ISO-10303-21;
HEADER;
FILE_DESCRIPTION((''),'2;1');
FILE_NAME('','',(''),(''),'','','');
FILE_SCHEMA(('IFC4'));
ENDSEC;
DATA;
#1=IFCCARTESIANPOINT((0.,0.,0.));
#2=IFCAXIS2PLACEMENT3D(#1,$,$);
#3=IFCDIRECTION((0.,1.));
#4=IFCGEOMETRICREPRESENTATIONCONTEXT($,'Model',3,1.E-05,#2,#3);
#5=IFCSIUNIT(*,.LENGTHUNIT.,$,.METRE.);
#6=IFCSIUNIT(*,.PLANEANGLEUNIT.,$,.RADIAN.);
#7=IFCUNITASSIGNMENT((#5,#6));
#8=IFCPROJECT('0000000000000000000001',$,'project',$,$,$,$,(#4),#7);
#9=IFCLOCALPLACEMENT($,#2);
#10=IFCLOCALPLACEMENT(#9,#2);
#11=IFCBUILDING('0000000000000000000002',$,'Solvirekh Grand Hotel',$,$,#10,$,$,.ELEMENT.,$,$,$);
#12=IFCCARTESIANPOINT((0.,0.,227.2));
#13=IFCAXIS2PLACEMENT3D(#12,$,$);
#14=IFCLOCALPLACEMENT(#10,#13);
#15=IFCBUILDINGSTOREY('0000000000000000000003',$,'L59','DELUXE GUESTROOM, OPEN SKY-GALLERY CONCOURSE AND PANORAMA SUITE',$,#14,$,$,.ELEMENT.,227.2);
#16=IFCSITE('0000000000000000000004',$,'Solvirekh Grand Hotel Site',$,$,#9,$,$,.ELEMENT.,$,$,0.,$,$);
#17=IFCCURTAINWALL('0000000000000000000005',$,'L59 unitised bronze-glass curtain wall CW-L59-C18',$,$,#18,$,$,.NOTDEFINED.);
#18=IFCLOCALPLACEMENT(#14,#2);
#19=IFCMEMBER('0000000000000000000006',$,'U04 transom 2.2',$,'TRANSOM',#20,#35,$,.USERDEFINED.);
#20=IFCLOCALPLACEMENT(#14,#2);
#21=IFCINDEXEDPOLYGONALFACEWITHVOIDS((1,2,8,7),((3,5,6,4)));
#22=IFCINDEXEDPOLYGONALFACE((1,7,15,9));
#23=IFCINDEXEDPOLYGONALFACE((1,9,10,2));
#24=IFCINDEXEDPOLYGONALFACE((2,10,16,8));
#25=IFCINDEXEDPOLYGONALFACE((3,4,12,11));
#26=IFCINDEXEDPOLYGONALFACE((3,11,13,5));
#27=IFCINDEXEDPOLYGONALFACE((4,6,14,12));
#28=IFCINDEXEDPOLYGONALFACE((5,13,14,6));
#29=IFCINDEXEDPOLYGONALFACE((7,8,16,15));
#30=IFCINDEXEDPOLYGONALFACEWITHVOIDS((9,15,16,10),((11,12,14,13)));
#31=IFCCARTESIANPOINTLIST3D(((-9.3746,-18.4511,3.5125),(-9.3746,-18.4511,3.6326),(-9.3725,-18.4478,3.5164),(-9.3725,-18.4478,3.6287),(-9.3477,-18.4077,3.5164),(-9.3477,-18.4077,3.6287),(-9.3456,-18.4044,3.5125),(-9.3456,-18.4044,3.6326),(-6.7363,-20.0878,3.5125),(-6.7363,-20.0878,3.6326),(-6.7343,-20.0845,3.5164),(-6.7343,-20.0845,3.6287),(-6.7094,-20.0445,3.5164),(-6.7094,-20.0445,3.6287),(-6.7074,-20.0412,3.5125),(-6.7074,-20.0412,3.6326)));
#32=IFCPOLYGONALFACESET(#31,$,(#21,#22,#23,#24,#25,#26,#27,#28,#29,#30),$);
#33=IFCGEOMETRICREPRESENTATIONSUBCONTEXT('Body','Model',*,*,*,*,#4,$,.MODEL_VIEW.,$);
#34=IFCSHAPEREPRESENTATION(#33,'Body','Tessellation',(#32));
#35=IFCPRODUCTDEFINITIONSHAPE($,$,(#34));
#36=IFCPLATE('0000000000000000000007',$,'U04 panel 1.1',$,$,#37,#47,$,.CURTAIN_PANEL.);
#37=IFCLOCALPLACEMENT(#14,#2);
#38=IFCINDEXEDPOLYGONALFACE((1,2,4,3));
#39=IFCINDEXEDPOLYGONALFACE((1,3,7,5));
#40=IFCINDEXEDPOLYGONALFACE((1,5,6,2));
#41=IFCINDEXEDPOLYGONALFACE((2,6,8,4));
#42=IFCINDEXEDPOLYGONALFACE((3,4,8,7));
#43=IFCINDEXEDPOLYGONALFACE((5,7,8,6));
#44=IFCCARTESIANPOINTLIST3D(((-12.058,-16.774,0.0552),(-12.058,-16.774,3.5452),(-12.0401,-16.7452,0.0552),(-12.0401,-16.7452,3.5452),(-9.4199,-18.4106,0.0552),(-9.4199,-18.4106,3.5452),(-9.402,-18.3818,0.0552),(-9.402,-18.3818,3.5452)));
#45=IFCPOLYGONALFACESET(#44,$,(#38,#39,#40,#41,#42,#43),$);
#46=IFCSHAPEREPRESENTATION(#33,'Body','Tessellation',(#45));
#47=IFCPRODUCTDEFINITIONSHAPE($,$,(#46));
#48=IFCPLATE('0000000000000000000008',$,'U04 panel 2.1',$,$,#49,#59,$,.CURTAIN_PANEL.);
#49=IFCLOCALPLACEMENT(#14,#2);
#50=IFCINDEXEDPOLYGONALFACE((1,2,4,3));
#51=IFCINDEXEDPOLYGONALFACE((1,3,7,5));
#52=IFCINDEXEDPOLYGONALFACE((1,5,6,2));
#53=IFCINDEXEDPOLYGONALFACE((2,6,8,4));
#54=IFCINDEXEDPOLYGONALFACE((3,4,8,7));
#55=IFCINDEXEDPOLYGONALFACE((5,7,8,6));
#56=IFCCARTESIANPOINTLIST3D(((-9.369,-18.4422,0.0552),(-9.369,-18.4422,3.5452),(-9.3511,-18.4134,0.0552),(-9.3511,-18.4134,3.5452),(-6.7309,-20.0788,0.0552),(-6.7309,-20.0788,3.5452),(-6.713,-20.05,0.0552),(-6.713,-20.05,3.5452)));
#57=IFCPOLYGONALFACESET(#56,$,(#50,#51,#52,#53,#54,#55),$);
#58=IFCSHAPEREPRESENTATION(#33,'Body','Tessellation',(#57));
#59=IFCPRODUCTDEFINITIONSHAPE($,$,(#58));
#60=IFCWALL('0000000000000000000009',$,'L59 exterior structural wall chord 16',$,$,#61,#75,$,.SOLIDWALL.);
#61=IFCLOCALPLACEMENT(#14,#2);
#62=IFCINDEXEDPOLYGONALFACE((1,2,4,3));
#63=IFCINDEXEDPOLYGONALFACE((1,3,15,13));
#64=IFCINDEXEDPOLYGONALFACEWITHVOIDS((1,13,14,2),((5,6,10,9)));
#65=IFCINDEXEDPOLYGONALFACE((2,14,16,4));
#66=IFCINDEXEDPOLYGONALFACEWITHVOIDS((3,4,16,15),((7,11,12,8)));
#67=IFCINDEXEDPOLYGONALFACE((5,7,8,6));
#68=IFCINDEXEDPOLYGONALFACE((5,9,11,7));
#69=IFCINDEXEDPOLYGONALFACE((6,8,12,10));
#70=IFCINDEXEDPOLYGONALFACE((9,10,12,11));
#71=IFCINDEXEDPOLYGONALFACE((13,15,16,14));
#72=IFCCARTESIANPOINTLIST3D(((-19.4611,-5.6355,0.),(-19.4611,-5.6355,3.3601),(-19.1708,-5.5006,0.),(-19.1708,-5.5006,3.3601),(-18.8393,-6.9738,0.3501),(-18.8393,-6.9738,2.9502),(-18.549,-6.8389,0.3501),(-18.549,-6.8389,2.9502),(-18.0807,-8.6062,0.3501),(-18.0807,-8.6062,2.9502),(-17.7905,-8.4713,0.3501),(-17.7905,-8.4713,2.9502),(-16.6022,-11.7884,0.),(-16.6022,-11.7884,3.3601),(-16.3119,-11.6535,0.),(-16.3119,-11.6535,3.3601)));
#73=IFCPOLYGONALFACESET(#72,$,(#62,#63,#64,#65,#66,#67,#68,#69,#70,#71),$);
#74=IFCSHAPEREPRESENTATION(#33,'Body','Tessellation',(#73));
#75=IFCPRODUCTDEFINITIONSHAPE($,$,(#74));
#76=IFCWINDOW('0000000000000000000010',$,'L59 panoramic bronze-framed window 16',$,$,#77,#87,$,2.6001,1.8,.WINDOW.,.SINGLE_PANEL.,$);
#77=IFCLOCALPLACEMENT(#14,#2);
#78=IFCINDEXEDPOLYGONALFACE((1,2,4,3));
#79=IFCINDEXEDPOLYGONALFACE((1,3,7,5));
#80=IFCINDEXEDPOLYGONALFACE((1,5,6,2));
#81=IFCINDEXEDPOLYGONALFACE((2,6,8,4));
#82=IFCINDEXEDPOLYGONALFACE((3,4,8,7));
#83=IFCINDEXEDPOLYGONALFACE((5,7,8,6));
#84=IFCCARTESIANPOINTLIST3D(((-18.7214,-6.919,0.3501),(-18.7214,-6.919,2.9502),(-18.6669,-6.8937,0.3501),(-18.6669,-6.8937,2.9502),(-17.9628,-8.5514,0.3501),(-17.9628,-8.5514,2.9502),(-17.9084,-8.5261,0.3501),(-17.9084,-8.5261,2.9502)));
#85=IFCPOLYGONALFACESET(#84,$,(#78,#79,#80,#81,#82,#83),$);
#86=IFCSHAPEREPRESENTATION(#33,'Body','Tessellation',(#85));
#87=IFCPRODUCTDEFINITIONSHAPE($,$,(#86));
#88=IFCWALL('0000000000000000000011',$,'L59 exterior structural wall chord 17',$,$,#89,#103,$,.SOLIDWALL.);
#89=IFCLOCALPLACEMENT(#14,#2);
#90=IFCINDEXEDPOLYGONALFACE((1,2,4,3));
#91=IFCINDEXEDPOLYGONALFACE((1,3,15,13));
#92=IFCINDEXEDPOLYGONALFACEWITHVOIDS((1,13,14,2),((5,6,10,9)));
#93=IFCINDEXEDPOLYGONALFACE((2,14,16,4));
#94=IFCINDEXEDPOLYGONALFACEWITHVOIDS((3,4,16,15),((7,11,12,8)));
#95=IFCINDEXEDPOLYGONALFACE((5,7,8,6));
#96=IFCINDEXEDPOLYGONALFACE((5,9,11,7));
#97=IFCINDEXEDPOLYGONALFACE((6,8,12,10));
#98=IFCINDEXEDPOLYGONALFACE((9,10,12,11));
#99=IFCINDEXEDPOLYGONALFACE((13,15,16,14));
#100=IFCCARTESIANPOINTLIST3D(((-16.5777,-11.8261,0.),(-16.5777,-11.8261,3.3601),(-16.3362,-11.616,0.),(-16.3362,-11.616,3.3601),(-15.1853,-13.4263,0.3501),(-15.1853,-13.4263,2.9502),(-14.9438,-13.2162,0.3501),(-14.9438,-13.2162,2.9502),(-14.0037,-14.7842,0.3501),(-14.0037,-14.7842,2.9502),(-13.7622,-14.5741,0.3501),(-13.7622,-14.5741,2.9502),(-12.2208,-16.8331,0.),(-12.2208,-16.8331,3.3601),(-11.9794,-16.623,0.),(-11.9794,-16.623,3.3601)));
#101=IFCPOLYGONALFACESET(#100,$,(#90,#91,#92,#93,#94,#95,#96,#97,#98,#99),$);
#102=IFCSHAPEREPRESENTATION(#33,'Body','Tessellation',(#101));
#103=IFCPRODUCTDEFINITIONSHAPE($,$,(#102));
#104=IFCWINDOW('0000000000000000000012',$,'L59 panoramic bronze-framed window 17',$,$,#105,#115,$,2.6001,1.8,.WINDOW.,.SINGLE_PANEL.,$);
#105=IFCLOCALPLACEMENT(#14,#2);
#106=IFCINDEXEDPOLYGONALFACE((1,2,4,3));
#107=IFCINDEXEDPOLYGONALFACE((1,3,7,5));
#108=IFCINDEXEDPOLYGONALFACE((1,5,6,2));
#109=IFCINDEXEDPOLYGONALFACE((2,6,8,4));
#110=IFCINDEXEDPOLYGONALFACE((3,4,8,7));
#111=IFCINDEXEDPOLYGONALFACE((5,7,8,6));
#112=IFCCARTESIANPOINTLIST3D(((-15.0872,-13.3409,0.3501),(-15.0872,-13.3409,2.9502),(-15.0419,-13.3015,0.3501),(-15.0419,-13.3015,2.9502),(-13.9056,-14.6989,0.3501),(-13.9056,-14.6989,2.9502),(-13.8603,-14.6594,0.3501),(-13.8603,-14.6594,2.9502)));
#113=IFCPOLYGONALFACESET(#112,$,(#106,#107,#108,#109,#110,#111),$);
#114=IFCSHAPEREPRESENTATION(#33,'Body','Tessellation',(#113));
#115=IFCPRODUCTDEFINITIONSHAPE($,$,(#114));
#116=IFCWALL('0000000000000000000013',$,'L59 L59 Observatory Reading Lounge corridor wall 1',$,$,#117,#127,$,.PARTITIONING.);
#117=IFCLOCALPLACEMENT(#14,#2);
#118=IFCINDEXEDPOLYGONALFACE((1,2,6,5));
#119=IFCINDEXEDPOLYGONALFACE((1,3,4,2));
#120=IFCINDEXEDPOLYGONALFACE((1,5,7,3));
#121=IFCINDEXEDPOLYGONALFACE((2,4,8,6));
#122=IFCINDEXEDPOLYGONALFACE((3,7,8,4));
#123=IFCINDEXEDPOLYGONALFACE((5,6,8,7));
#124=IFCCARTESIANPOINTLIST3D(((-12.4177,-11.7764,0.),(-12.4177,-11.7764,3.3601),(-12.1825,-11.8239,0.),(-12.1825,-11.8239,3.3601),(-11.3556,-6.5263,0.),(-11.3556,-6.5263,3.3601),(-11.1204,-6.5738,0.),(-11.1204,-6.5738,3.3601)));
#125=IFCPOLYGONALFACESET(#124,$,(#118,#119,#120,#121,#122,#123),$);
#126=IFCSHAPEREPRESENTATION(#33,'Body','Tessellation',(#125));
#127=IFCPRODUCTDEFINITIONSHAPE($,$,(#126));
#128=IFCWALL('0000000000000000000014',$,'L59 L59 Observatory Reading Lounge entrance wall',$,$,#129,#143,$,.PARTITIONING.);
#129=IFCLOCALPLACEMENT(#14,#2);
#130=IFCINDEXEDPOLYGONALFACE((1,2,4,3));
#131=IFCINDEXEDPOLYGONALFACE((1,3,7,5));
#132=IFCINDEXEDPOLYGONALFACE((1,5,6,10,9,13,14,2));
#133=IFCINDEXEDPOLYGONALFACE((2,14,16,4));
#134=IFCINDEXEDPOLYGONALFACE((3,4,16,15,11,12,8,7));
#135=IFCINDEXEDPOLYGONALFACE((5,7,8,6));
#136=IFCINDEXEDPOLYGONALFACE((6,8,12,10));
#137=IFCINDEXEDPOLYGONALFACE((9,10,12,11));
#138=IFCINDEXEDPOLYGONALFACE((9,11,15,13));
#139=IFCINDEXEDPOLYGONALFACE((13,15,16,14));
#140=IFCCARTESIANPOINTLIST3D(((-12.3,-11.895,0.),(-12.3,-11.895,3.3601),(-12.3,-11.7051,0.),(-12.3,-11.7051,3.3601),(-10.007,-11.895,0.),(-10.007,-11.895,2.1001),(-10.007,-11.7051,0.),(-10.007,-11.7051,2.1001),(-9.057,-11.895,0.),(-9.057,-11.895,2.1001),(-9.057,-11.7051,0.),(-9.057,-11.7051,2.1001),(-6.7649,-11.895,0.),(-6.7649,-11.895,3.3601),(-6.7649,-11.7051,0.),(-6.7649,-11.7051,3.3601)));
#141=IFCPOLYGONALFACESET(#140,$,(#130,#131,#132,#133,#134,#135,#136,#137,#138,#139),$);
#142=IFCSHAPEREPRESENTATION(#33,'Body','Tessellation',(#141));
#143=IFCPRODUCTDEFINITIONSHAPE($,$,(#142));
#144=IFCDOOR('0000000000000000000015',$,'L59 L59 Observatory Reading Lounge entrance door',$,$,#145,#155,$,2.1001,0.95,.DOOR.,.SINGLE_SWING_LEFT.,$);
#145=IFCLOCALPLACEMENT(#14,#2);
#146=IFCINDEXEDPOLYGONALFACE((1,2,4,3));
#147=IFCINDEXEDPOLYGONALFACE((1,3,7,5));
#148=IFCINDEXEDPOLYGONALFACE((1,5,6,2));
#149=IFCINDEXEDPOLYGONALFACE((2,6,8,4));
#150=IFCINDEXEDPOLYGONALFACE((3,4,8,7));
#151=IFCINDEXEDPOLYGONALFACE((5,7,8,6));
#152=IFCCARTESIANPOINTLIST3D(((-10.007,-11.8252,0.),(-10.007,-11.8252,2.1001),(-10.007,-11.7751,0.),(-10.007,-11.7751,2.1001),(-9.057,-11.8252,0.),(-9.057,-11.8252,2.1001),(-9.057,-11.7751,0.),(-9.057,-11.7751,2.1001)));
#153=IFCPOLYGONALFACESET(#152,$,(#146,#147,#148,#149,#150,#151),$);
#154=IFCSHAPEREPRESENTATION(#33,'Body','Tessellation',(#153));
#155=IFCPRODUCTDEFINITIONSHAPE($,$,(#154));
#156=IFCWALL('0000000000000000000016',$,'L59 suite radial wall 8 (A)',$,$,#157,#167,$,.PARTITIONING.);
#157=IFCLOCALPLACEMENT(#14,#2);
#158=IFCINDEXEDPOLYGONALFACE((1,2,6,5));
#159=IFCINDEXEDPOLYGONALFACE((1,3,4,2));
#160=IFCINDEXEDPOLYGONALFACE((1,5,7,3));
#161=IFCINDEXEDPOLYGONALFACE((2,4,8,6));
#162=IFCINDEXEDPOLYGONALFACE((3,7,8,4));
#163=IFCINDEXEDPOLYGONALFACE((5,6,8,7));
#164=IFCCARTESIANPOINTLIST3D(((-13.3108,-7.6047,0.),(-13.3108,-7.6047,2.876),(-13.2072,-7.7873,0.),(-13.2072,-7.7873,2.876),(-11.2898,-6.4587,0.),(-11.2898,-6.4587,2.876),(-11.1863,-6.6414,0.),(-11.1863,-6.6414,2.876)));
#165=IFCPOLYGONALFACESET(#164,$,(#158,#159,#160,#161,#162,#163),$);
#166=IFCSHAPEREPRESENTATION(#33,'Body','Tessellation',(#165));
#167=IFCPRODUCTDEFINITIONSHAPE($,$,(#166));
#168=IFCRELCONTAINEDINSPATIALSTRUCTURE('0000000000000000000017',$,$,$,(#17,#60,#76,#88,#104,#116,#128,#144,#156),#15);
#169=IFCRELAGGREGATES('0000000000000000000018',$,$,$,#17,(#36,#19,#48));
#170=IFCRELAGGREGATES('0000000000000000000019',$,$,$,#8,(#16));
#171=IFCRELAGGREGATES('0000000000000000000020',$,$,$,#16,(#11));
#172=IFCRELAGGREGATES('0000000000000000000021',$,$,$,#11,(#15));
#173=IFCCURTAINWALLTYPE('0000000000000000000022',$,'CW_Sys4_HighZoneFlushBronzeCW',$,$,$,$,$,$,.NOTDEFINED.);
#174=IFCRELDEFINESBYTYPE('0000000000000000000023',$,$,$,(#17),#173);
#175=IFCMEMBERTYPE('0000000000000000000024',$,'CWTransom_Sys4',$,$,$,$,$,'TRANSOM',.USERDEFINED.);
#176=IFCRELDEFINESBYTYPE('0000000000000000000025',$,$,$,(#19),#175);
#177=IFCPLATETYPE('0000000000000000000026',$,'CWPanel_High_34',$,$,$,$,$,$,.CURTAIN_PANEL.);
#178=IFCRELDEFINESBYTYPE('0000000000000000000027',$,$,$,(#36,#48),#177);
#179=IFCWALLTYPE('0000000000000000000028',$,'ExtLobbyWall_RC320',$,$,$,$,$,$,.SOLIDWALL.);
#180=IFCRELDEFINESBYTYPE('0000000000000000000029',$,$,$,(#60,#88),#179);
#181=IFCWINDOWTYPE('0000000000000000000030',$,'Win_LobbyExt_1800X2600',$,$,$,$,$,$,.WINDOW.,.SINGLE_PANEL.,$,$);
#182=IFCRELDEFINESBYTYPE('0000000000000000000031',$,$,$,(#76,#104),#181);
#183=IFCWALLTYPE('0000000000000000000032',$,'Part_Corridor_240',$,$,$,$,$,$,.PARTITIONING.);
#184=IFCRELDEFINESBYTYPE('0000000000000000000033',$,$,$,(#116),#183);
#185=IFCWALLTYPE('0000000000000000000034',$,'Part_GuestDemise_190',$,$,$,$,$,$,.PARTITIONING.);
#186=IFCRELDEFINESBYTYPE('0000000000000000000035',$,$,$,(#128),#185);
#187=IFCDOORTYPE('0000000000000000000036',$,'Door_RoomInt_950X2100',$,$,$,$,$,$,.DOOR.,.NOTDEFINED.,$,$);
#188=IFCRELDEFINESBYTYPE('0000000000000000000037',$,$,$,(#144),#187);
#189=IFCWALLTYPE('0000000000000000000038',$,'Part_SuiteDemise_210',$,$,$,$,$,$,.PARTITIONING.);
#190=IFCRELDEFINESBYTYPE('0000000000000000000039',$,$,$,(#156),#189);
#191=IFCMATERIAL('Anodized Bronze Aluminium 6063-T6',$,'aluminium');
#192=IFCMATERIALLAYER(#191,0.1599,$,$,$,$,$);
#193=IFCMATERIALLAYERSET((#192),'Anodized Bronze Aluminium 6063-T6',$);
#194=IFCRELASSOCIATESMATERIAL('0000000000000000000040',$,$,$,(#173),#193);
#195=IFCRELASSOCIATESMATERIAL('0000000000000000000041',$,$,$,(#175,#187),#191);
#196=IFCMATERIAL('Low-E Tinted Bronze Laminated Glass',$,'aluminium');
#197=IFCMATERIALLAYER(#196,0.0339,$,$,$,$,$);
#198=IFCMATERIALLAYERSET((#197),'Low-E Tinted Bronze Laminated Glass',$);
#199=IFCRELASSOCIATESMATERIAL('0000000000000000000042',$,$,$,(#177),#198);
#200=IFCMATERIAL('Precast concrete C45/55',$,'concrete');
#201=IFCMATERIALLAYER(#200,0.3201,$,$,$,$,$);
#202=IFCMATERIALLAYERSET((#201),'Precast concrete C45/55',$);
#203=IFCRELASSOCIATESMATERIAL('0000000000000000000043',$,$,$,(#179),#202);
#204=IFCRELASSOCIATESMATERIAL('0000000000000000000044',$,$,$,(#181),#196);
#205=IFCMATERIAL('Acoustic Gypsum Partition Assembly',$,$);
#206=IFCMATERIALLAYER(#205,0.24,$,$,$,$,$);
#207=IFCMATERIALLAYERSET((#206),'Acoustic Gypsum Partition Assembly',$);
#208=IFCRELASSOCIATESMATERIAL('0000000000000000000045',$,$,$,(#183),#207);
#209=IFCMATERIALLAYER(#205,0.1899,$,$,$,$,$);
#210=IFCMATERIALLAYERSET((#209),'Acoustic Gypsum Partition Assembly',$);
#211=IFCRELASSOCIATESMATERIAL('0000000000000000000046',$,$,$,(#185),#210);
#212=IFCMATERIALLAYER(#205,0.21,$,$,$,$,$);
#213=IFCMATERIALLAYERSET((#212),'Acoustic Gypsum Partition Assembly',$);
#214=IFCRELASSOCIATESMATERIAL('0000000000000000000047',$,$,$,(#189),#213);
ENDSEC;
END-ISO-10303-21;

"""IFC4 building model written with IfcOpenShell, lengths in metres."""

from ifc_helpers import new_model, si_unit, direction, frame, frame_2d, origin, origin_2d, place, context, subcontext, project, spatial, rectangle, hollow_rectangle, extrude, source, transform, mapped, material, layer, layer_set, material_profile, profile_set, type_object, element, fill, aggregate, save


model = new_model("IFC4")

# Units and contexts
model_context = context("Model", 3, precision=1e-05, world=origin(), true_north=direction((0.0, 1.0)))
body_context = subcontext(model_context, "Body", "Model", "MODEL_VIEW")
ifc_project = project(units=[si_unit("LENGTHUNIT", "METRE"), si_unit("PLANEANGLEUNIT", "RADIAN")], contexts=[model_context])

# Site, building, storey
site_placement = place(None, origin())
site = spatial("IfcSite", under=ifc_project, at=site_placement, Name="Solvirekh Grand Hotel Site", CompositionType="ELEMENT", RefElevation=0.0)
building_placement = place(site_placement, origin())
building = spatial("IfcBuilding", under=site, at=building_placement, Name="Solvirekh Grand Hotel", CompositionType="ELEMENT")
storey_placement = place(building_placement, frame((0.0, 0.0, 227.2)))
storey = spatial("IfcBuildingStorey", under=building, at=storey_placement, Name="L59", Description="DELUXE GUESTROOM, OPEN SKY-GALLERY CONCOURSE AND PANORAMA SUITE", CompositionType="ELEMENT", Elevation=227.2)

# Curtain wall, member, plates
ifc_material_1 = material(Name="Anodized Bronze Aluminium 6063-T6", Category="aluminium")
ifc_layer_1 = layer(ifc_material_1, 0.1599)
ifc_layer_set_1 = layer_set([ifc_layer_1], Name="Anodized Bronze Aluminium 6063-T6")
curtain_wall_type = type_object("IfcCurtainWallType", Name="CW_Sys4_HighZoneFlushBronzeCW", PredefinedType="NOTDEFINED", material=ifc_layer_set_1)
curtain_wall_placement = place(storey_placement, origin())
curtain_wall = element("IfcCurtainWall", 1, at=curtain_wall_placement, inside=storey, type_object=curtain_wall_type, Name="L59 unitised bronze-glass curtain wall CW-L59-C18", PredefinedType="NOTDEFINED")
ifc_material_profile_1 = material_profile(ifc_material_1, hollow_rectangle(XDim=0.0549, YDim=0.1201, WallThickness=0.0039, at=origin_2d()), Name="ALU RHS 120X55X4")
ifc_profile_set_1 = profile_set([ifc_material_profile_1], Name="Anodized Bronze Aluminium 6063-T6")
member_type_1 = type_object("IfcMemberType", Name="CWTransom_Sys4", ElementType="TRANSOM", PredefinedType="USERDEFINED", material=ifc_profile_set_1)
shared_shape_1 = source(origin(), body_context, "Body", "SweptSolid", [
    extrude(hollow_rectangle(XDim=0.0549, YDim=0.1201, WallThickness=0.0039, at=origin_2d()), origin(), (0.0, 0.0, 1.0), 3.1047),
])
member_1_placement = place(storey_placement, frame((-9.3601, -18.4277, 3.5725), z_axis=(0.849752, -0.527183, 0.0), x_axis=(0.527183, 0.849752, 0.0)))
member_1 = element("IfcMember", 2, at=member_1_placement, type_object=member_type_1, Name="U04 transom 2.2", ObjectType="TRANSOM", PredefinedType="USERDEFINED", context=body_context, shape_type="MappedRepresentation", body=[
    mapped(shared_shape_1, transform((0.0, 0.0, 0.0), x_axis=(1.0, 0.0, 0.0), y_axis=(0.0, 1.0, 0.0), z_axis=(0.0, 0.0, 1.0), scale=1.0)),
])
ifc_material_2 = material(Name="Low-E Tinted Bronze Laminated Glass", Category="aluminium")
ifc_layer_2 = layer(ifc_material_2, 0.0339)
ifc_layer_set_2 = layer_set([ifc_layer_2], Name="Low-E Tinted Bronze Laminated Glass")
plate_type = type_object("IfcPlateType", Name="CWPanel_High_34", PredefinedType="CURTAIN_PANEL", material=ifc_layer_set_2)
shared_shape_2 = source(origin(), body_context, "Body", "SweptSolid", [
    extrude(rectangle(XDim=3.1045, YDim=0.0339, at=origin_2d()), origin(), (0.0, 0.0, 1.0), 3.49),
])
plate_1_placement = place(storey_placement, frame((-10.73, -17.5779, 0.0552), z_axis=(0.0, 0.0, 1.0), x_axis=(0.849761, -0.527168, 0.0)))
plate_1 = element("IfcPlate", 3, at=plate_1_placement, type_object=plate_type, Name="U04 panel 1.1", PredefinedType="CURTAIN_PANEL", context=body_context, shape_type="MappedRepresentation", body=[
    mapped(shared_shape_2, transform((0.0, 0.0, 0.0), x_axis=(1.0, 0.0, 0.0), y_axis=(0.0, 1.0, 0.0), z_axis=(0.0, 0.0, 1.0), scale=1.0)),
])
plate_2_placement = place(storey_placement, frame((-8.041, -19.2461, 0.0552), z_axis=(0.0, 0.0, 1.0), x_axis=(0.849761, -0.527168, 0.0)))
plate_2 = element("IfcPlate", 4, at=plate_2_placement, type_object=plate_type, Name="U04 panel 2.1", PredefinedType="CURTAIN_PANEL", context=body_context, shape_type="MappedRepresentation", body=[
    mapped(shared_shape_2, transform((0.0, 0.0, 0.0), x_axis=(1.0, 0.0, 0.0), y_axis=(0.0, 1.0, 0.0), z_axis=(0.0, 0.0, 1.0), scale=1.0)),
])
aggregate(curtain_wall, [plate_1, member_1, plate_2])

# Walls, openings, windows
ifc_material_3 = material(Name="Precast concrete C45/55", Category="concrete")
ifc_layer_3 = layer(ifc_material_3, 0.3201)
ifc_layer_set_3 = layer_set([ifc_layer_3], Name="Precast concrete C45/55")
wall_type_1 = type_object("IfcWallType", Name="ExtLobbyWall_RC320", PredefinedType="SOLIDWALL", material=ifc_layer_set_3)
wall_1_placement = place(storey_placement, frame((-16.457, -11.7209, 0.0), z_axis=(0.0, 0.0, 1.0), x_axis=(-0.42138, 0.906884, 0.0)))
wall_1 = element("IfcWall", 5, at=wall_1_placement, inside=storey, type_object=wall_type_1, Name="L59 exterior structural wall chord 16", PredefinedType="SOLIDWALL", context=body_context, shape_type="SweptSolid", body=[
    extrude(rectangle(XDim=6.7847, YDim=0.3201, at=frame_2d((3.3923, 0.0))), origin(), (0.0, 0.0, 1.0), 3.3601),
])
opening_1_placement = place(wall_1_placement, frame((3.509, 0.0, 0.3501)))
opening_1 = element("IfcOpeningElement", 6, at=opening_1_placement, cuts=wall_1, PredefinedType="OPENING", context=body_context, shape_type="SweptSolid", body=[
    extrude(rectangle(XDim=1.8, YDim=2.6001, at=frame_2d((0.8999, 1.3))), frame((0.0, 0.1699, 0.0), z_axis=(0.0, -1.0, 0.0), x_axis=(1.0, 0.0, 0.0)), (0.0, 0.0, 1.0), 0.3401),
])
window_type = type_object("IfcWindowType", Name="Win_LobbyExt_1800X2600", PartitioningType="SINGLE_PANEL", PredefinedType="WINDOW", material=ifc_material_2)
window_1_placement = place(opening_1_placement, origin())
window_1 = element("IfcWindow", 7, at=window_1_placement, inside=storey, type_object=window_type, Name="L59 panoramic bronze-framed window 16", OverallHeight=2.6001, OverallWidth=1.8, PartitioningType="SINGLE_PANEL", PredefinedType="WINDOW", context=body_context, shape_type="SweptSolid", body=[
    extrude(rectangle(XDim=1.8, YDim=2.6001, at=frame_2d((0.8999, 1.3))), frame((0.0, 0.03, 0.0), z_axis=(0.0, -1.0, 0.0), x_axis=(1.0, 0.0, 0.0)), (0.0, 0.0, 1.0), 0.0601),
])
fill(opening_1, window_1)
wall_2_placement = place(storey_placement, frame((-12.1001, -16.728, 0.0), z_axis=(0.0, 0.0, 1.0), x_axis=(-0.656432, 0.754385, 0.0)))
wall_2 = element("IfcWall", 8, at=wall_2_placement, inside=storey, type_object=wall_type_1, Name="L59 exterior structural wall chord 17", PredefinedType="SOLIDWALL", context=body_context, shape_type="SweptSolid", body=[
    extrude(rectangle(XDim=6.6372, YDim=0.3201, at=frame_2d((3.3186, 0.0))), origin(), (0.0, 0.0, 1.0), 3.3601),
])
opening_2_placement = place(wall_2_placement, frame((2.7161, 0.0, 0.3501)))
opening_2 = element("IfcOpeningElement", 9, at=opening_2_placement, cuts=wall_2, PredefinedType="OPENING", context=body_context, shape_type="SweptSolid", body=[
    extrude(rectangle(XDim=1.8, YDim=2.6001, at=frame_2d((0.8999, 1.3))), frame((0.0, 0.1699, 0.0), z_axis=(0.0, -1.0, 0.0), x_axis=(1.0, 0.0, 0.0)), (0.0, 0.0, 1.0), 0.3401),
])
window_2_placement = place(opening_2_placement, origin())
window_2 = element("IfcWindow", 10, at=window_2_placement, inside=storey, type_object=window_type, Name="L59 panoramic bronze-framed window 17", OverallHeight=2.6001, OverallWidth=1.8, PartitioningType="SINGLE_PANEL", PredefinedType="WINDOW", context=body_context, shape_type="SweptSolid", body=[
    extrude(rectangle(XDim=1.8, YDim=2.6001, at=frame_2d((0.8999, 1.3))), frame((0.0, 0.03, 0.0), z_axis=(0.0, -1.0, 0.0), x_axis=(1.0, 0.0, 0.0)), (0.0, 0.0, 1.0), 0.0601),
])
fill(opening_2, window_2)

# Wall
ifc_material_4 = material(Name="Acoustic Gypsum Partition Assembly")
ifc_layer_4 = layer(ifc_material_4, 0.24)
ifc_layer_set_4 = layer_set([ifc_layer_4], Name="Acoustic Gypsum Partition Assembly")
wall_type_2 = type_object("IfcWallType", Name="Part_Corridor_240", PredefinedType="PARTITIONING", material=ifc_layer_set_4)
wall_3_placement = place(storey_placement, frame((-11.238, -6.55, 0.0), z_axis=(0.0, 0.0, 1.0), x_axis=(-0.198272, -0.980147, 0.0)))
element("IfcWall", 11, at=wall_3_placement, inside=storey, type_object=wall_type_2, Name="L59 L59 Observatory Reading Lounge corridor wall 1", PredefinedType="PARTITIONING", context=body_context, shape_type="SweptSolid", body=[
    extrude(rectangle(XDim=5.3564, YDim=0.24, at=frame_2d((2.6782, 0.0))), origin(), (0.0, 0.0, 1.0), 3.3601),
])

# Wall, opening, door
ifc_layer_5 = layer(ifc_material_4, 0.1899)
ifc_layer_set_5 = layer_set([ifc_layer_5], Name="Acoustic Gypsum Partition Assembly")
wall_type_3 = type_object("IfcWallType", Name="Part_GuestDemise_190", PredefinedType="PARTITIONING", material=ifc_layer_set_5)
wall_4_placement = place(storey_placement, frame((-12.3, -11.8, 0.0), z_axis=(0.0, 0.0, 1.0), x_axis=(1.0, 0.0, 0.0)))
wall_4 = element("IfcWall", 12, at=wall_4_placement, inside=storey, type_object=wall_type_3, Name="L59 L59 Observatory Reading Lounge entrance wall", PredefinedType="PARTITIONING", context=body_context, shape_type="SweptSolid", body=[
    extrude(rectangle(XDim=5.5352, YDim=0.1899, at=frame_2d((2.7676, 0.0))), origin(), (0.0, 0.0, 1.0), 3.3601),
])
opening_3_placement = place(wall_4_placement, frame((2.293, 0.0, 0.0)))
opening_3 = element("IfcOpeningElement", 13, at=opening_3_placement, cuts=wall_4, PredefinedType="OPENING", context=body_context, shape_type="SweptSolid", body=[
    extrude(rectangle(XDim=0.95, YDim=2.1001, at=frame_2d((0.4751, 1.05))), frame((0.0, 0.105, 0.0), z_axis=(0.0, -1.0, 0.0), x_axis=(1.0, 0.0, 0.0)), (0.0, 0.0, 1.0), 0.21),
])
door_type = type_object("IfcDoorType", Name="Door_RoomInt_950X2100", OperationType="NOTDEFINED", PredefinedType="DOOR", material=ifc_material_1)
door_placement = place(opening_3_placement, origin())
door = element("IfcDoor", 14, at=door_placement, inside=storey, type_object=door_type, Name="L59 L59 Observatory Reading Lounge entrance door", OperationType="SINGLE_SWING_LEFT", OverallHeight=2.1001, OverallWidth=0.95, PredefinedType="DOOR", context=body_context, shape_type="SweptSolid", body=[
    extrude(rectangle(XDim=0.95, YDim=2.1001, at=frame_2d((0.4751, 1.05))), frame((0.0, 0.0249, 0.0), z_axis=(0.0, -1.0, 0.0), x_axis=(1.0, 0.0, 0.0)), (0.0, 0.0, 1.0), 0.05),
])
fill(opening_3, door)

# Wall
ifc_layer_6 = layer(ifc_material_4, 0.21)
ifc_layer_set_6 = layer_set([ifc_layer_6], Name="Acoustic Gypsum Partition Assembly")
wall_type_4 = type_object("IfcWallType", Name="Part_SuiteDemise_210", PredefinedType="PARTITIONING", material=ifc_layer_set_6)
wall_5_placement = place(storey_placement, frame((-11.238, -6.55, 0.0), z_axis=(0.0, 0.0, 1.0), x_axis=(-0.869881, -0.493262, 0.0)))
element("IfcWall", 15, at=wall_5_placement, inside=storey, type_object=wall_type_4, Name="L59 suite radial wall 8 (A)", PredefinedType="PARTITIONING", context=body_context, shape_type="SweptSolid", body=[
    extrude(rectangle(XDim=2.3232, YDim=0.21, at=frame_2d((1.1616, 0.0))), origin(), (0.0, 0.0, 1.0), 2.876),
])

save(model, "model.ifc")
